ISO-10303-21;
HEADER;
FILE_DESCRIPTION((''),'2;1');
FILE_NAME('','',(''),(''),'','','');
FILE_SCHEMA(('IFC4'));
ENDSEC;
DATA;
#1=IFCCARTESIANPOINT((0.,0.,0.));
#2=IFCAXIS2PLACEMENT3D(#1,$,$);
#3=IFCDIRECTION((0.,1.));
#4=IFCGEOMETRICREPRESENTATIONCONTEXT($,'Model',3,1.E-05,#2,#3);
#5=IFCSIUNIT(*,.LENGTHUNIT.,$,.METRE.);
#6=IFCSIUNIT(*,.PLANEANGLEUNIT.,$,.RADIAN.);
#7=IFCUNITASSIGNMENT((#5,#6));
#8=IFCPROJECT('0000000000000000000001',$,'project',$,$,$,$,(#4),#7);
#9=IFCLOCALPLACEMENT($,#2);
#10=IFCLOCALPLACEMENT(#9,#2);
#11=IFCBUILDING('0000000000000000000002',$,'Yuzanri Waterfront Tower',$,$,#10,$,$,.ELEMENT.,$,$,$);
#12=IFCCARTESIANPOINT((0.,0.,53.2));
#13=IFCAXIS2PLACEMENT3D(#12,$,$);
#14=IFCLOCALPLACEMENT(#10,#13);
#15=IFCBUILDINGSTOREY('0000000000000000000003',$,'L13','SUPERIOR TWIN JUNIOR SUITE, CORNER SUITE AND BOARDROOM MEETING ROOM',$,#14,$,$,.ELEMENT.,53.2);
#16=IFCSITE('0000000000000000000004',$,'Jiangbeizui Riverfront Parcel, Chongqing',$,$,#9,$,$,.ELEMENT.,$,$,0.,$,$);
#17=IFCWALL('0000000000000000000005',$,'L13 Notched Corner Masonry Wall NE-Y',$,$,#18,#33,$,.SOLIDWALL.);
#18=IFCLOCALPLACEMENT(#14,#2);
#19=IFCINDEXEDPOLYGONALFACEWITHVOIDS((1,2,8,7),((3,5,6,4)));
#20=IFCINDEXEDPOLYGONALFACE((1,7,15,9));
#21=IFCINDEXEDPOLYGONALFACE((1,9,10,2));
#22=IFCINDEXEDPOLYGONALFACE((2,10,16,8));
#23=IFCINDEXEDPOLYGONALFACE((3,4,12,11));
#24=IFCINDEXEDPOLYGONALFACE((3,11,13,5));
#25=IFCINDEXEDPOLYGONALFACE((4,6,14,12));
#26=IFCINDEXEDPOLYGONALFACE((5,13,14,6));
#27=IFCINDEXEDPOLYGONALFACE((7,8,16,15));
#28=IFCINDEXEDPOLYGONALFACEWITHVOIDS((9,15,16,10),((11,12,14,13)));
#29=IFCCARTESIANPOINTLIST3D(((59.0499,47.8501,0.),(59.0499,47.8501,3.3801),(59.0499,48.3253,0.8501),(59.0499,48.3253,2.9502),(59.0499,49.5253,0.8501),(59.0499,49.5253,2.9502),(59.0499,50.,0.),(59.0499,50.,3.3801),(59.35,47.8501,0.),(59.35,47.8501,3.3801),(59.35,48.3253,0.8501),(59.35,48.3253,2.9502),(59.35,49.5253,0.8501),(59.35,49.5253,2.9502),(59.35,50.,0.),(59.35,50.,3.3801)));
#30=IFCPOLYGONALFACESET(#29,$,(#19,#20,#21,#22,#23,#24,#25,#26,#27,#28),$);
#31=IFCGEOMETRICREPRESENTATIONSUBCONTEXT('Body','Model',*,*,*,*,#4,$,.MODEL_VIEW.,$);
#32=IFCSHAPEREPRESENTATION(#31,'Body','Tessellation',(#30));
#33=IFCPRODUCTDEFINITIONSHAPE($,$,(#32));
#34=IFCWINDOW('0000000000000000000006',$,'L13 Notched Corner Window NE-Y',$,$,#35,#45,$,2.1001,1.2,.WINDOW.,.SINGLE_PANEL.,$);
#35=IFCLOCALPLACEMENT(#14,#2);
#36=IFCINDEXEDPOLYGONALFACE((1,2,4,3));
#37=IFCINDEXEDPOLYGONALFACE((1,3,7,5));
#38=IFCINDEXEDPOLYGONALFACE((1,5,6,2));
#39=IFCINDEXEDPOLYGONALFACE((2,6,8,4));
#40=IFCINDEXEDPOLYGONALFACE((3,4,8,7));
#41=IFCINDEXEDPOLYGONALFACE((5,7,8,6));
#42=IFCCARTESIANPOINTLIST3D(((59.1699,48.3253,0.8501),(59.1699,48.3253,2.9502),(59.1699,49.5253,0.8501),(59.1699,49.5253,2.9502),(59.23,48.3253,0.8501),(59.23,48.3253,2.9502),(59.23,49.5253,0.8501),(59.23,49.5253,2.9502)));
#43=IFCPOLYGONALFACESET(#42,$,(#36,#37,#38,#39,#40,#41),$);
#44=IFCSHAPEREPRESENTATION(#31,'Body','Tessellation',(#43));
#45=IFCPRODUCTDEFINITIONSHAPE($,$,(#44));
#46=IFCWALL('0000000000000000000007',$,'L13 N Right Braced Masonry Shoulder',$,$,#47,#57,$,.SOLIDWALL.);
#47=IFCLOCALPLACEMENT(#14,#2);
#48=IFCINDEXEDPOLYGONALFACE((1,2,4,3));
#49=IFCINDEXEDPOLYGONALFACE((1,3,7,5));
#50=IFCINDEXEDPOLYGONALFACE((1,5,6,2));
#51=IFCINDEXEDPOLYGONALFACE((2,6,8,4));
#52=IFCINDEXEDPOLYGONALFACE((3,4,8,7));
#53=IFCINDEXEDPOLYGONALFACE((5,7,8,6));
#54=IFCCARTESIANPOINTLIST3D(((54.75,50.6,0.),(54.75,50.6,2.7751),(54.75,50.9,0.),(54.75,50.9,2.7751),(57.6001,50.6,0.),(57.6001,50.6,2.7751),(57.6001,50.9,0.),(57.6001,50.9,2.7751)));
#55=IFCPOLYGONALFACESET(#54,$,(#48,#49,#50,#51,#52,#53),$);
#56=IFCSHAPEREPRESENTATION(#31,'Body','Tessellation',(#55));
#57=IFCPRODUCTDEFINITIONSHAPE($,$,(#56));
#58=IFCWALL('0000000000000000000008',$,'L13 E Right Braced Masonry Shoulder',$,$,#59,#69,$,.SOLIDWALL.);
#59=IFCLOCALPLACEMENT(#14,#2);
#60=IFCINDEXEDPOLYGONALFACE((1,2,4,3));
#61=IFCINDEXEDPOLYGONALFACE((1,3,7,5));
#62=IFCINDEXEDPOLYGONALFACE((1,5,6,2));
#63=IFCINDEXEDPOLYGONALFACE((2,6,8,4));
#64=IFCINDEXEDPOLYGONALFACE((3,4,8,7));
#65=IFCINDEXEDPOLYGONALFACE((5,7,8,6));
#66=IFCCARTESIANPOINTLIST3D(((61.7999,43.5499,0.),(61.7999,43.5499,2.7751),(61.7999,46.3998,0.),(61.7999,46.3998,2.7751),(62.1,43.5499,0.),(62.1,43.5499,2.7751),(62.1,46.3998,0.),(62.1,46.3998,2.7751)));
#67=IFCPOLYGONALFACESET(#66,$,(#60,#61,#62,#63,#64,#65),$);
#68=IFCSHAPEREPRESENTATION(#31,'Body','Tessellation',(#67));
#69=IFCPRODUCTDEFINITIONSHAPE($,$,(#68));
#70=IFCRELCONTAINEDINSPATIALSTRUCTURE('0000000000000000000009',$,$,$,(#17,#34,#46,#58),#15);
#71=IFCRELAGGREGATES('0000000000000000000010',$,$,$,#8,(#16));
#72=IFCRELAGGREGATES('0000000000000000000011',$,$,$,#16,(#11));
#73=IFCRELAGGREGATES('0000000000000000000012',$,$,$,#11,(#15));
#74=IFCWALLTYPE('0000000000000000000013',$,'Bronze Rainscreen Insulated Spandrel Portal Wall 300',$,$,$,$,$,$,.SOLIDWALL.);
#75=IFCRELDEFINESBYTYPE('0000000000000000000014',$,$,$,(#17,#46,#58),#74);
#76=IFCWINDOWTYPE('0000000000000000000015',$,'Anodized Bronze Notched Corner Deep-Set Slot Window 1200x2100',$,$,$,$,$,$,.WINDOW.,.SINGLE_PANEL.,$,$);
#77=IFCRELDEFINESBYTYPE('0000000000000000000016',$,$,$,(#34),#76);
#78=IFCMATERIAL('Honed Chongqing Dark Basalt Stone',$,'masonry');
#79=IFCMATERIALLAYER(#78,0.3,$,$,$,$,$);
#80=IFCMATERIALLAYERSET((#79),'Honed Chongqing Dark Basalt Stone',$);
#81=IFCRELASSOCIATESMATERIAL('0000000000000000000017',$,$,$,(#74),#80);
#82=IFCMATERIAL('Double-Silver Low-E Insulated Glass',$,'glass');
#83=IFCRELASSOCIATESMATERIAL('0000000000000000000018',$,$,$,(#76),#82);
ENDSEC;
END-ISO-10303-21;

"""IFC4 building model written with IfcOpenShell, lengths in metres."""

from ifc_helpers import new_model, si_unit, direction, frame, frame_2d, origin, place, context, subcontext, project, spatial, rectangle, extrude, source, transform, mapped, material, layer, layer_set, type_object, element, fill, save


model = new_model("IFC4")

# Units and contexts
model_context = context("Model", 3, precision=1e-05, world=origin(), true_north=direction((0.0, 1.0)))
body_context = subcontext(model_context, "Body", "Model", "MODEL_VIEW")
ifc_project = project(units=[si_unit("LENGTHUNIT", "METRE"), si_unit("PLANEANGLEUNIT", "RADIAN")], contexts=[model_context])

# Site, building, storey
site_placement = place(None, origin())
site = spatial("IfcSite", under=ifc_project, at=site_placement, Name="Jiangbeizui Riverfront Parcel, Chongqing", CompositionType="ELEMENT", RefElevation=0.0)
building_placement = place(site_placement, origin())
building = spatial("IfcBuilding", under=site, at=building_placement, Name="Yuzanri Waterfront Tower", CompositionType="ELEMENT")
storey_placement = place(building_placement, frame((0.0, 0.0, 53.2)))
storey = spatial("IfcBuildingStorey", under=building, at=storey_placement, Name="L13", Description="SUPERIOR TWIN JUNIOR SUITE, CORNER SUITE AND BOARDROOM MEETING ROOM", CompositionType="ELEMENT", Elevation=53.2)

# Wall, opening, window
ifc_material_1 = material(Name="Honed Chongqing Dark Basalt Stone", Category="masonry")
ifc_layer_1 = layer(ifc_material_1, 0.3)
ifc_layer_set_1 = layer_set([ifc_layer_1], Name="Honed Chongqing Dark Basalt Stone")
wall_type_1 = type_object("IfcWallType", Name="Bronze Rainscreen Insulated Spandrel Portal Wall 300", PredefinedType="SOLIDWALL", material=ifc_layer_set_1)
wall_1_placement = place(storey_placement, frame((59.2, 47.8501, 0.0), z_axis=(0.0, 0.0, 1.0), x_axis=(0.0, 1.0, 0.0)))
wall_1 = element("IfcWall", 1, at=wall_1_placement, inside=storey, type_object=wall_type_1, Name="L13 Notched Corner Masonry Wall NE-Y", PredefinedType="SOLIDWALL", context=body_context, shape_type="SweptSolid", body=[
    extrude(rectangle(XDim=2.1499, YDim=0.3, at=frame_2d((1.075, 0.0))), origin(), (0.0, 0.0, 1.0), 3.3801),
])
opening_1_placement = place(wall_1_placement, frame((0.4751, 0.0, 0.8501)))
opening_1 = element("IfcOpeningElement", 2, at=opening_1_placement, cuts=wall_1, PredefinedType="OPENING", context=body_context, shape_type="SweptSolid", body=[
    extrude(rectangle(XDim=1.2, YDim=2.1001, at=frame_2d((0.6001, 1.05))), frame((0.0, 0.165, 0.0), z_axis=(0.0, -1.0, 0.0), x_axis=(1.0, 0.0, 0.0)), (0.0, 0.0, 1.0), 0.3298),
])
ifc_material_2 = material(Name="Double-Silver Low-E Insulated Glass", Category="glass")
window_type_1 = type_object("IfcWindowType", Name="Anodized Bronze Notched Corner Deep-Set Slot Window 1200x2100", PartitioningType="SINGLE_PANEL", PredefinedType="WINDOW", material=ifc_material_2)
shared_shape_1 = source(origin(), body_context, "Body", "SweptSolid", [
    extrude(rectangle(XDim=1.2, YDim=2.1001, at=frame_2d((0.6001, 1.05))), frame((0.0, 0.03, 0.0), z_axis=(0.0, -1.0, 0.0), x_axis=(1.0, 0.0, 0.0)), (0.0, 0.0, 1.0), 0.0601),
])
window_1_placement = place(opening_1_placement, origin())
window_1 = element("IfcWindow", 3, at=window_1_placement, inside=storey, type_object=window_type_1, Name="L13 Notched Corner Window NE-Y", OverallHeight=2.1001, OverallWidth=1.2, PartitioningType="SINGLE_PANEL", PredefinedType="WINDOW", context=body_context, shape_type="MappedRepresentation", body=[
    mapped(shared_shape_1, transform((0.0, 0.0, 0.0), scale=1.0)),
])
fill(opening_1, window_1)

# Walls
shared_shape_2 = source(origin(), body_context, "Body", "SweptSolid", [
    extrude(rectangle(XDim=2.8501, YDim=0.3, at=frame_2d((1.425, 0.0))), origin(), (0.0, 0.0, 1.0), 2.7751),
])
wall_2_placement = place(storey_placement, frame((54.75, 50.75, 0.0), z_axis=(0.0, 0.0, 1.0), x_axis=(1.0, 0.0, 0.0)))
element("IfcWall", 4, at=wall_2_placement, inside=storey, type_object=wall_type_1, Name="L13 N Right Braced Masonry Shoulder", PredefinedType="SOLIDWALL", context=body_context, shape_type="MappedRepresentation", body=[
    mapped(shared_shape_2, transform((0.0, 0.0, 0.0), scale=1.0)),
])
shared_shape_3 = source(origin(), body_context, "Body", "SweptSolid", [
    extrude(rectangle(XDim=2.8499, YDim=0.3, at=frame_2d((1.4248, 0.0))), origin(), (0.0, 0.0, 1.0), 2.7751),
])
wall_3_placement = place(storey_placement, frame((61.95, 43.55, 0.0), z_axis=(0.0, 0.0, 1.0), x_axis=(0.0, 1.0, 0.0)))
element("IfcWall", 5, at=wall_3_placement, inside=storey, type_object=wall_type_1, Name="L13 E Right Braced Masonry Shoulder", PredefinedType="SOLIDWALL", context=body_context, shape_type="MappedRepresentation", body=[
    mapped(shared_shape_3, transform((0.0, 0.0, 0.0), scale=1.0)),
])

save(model, "model.ifc")
